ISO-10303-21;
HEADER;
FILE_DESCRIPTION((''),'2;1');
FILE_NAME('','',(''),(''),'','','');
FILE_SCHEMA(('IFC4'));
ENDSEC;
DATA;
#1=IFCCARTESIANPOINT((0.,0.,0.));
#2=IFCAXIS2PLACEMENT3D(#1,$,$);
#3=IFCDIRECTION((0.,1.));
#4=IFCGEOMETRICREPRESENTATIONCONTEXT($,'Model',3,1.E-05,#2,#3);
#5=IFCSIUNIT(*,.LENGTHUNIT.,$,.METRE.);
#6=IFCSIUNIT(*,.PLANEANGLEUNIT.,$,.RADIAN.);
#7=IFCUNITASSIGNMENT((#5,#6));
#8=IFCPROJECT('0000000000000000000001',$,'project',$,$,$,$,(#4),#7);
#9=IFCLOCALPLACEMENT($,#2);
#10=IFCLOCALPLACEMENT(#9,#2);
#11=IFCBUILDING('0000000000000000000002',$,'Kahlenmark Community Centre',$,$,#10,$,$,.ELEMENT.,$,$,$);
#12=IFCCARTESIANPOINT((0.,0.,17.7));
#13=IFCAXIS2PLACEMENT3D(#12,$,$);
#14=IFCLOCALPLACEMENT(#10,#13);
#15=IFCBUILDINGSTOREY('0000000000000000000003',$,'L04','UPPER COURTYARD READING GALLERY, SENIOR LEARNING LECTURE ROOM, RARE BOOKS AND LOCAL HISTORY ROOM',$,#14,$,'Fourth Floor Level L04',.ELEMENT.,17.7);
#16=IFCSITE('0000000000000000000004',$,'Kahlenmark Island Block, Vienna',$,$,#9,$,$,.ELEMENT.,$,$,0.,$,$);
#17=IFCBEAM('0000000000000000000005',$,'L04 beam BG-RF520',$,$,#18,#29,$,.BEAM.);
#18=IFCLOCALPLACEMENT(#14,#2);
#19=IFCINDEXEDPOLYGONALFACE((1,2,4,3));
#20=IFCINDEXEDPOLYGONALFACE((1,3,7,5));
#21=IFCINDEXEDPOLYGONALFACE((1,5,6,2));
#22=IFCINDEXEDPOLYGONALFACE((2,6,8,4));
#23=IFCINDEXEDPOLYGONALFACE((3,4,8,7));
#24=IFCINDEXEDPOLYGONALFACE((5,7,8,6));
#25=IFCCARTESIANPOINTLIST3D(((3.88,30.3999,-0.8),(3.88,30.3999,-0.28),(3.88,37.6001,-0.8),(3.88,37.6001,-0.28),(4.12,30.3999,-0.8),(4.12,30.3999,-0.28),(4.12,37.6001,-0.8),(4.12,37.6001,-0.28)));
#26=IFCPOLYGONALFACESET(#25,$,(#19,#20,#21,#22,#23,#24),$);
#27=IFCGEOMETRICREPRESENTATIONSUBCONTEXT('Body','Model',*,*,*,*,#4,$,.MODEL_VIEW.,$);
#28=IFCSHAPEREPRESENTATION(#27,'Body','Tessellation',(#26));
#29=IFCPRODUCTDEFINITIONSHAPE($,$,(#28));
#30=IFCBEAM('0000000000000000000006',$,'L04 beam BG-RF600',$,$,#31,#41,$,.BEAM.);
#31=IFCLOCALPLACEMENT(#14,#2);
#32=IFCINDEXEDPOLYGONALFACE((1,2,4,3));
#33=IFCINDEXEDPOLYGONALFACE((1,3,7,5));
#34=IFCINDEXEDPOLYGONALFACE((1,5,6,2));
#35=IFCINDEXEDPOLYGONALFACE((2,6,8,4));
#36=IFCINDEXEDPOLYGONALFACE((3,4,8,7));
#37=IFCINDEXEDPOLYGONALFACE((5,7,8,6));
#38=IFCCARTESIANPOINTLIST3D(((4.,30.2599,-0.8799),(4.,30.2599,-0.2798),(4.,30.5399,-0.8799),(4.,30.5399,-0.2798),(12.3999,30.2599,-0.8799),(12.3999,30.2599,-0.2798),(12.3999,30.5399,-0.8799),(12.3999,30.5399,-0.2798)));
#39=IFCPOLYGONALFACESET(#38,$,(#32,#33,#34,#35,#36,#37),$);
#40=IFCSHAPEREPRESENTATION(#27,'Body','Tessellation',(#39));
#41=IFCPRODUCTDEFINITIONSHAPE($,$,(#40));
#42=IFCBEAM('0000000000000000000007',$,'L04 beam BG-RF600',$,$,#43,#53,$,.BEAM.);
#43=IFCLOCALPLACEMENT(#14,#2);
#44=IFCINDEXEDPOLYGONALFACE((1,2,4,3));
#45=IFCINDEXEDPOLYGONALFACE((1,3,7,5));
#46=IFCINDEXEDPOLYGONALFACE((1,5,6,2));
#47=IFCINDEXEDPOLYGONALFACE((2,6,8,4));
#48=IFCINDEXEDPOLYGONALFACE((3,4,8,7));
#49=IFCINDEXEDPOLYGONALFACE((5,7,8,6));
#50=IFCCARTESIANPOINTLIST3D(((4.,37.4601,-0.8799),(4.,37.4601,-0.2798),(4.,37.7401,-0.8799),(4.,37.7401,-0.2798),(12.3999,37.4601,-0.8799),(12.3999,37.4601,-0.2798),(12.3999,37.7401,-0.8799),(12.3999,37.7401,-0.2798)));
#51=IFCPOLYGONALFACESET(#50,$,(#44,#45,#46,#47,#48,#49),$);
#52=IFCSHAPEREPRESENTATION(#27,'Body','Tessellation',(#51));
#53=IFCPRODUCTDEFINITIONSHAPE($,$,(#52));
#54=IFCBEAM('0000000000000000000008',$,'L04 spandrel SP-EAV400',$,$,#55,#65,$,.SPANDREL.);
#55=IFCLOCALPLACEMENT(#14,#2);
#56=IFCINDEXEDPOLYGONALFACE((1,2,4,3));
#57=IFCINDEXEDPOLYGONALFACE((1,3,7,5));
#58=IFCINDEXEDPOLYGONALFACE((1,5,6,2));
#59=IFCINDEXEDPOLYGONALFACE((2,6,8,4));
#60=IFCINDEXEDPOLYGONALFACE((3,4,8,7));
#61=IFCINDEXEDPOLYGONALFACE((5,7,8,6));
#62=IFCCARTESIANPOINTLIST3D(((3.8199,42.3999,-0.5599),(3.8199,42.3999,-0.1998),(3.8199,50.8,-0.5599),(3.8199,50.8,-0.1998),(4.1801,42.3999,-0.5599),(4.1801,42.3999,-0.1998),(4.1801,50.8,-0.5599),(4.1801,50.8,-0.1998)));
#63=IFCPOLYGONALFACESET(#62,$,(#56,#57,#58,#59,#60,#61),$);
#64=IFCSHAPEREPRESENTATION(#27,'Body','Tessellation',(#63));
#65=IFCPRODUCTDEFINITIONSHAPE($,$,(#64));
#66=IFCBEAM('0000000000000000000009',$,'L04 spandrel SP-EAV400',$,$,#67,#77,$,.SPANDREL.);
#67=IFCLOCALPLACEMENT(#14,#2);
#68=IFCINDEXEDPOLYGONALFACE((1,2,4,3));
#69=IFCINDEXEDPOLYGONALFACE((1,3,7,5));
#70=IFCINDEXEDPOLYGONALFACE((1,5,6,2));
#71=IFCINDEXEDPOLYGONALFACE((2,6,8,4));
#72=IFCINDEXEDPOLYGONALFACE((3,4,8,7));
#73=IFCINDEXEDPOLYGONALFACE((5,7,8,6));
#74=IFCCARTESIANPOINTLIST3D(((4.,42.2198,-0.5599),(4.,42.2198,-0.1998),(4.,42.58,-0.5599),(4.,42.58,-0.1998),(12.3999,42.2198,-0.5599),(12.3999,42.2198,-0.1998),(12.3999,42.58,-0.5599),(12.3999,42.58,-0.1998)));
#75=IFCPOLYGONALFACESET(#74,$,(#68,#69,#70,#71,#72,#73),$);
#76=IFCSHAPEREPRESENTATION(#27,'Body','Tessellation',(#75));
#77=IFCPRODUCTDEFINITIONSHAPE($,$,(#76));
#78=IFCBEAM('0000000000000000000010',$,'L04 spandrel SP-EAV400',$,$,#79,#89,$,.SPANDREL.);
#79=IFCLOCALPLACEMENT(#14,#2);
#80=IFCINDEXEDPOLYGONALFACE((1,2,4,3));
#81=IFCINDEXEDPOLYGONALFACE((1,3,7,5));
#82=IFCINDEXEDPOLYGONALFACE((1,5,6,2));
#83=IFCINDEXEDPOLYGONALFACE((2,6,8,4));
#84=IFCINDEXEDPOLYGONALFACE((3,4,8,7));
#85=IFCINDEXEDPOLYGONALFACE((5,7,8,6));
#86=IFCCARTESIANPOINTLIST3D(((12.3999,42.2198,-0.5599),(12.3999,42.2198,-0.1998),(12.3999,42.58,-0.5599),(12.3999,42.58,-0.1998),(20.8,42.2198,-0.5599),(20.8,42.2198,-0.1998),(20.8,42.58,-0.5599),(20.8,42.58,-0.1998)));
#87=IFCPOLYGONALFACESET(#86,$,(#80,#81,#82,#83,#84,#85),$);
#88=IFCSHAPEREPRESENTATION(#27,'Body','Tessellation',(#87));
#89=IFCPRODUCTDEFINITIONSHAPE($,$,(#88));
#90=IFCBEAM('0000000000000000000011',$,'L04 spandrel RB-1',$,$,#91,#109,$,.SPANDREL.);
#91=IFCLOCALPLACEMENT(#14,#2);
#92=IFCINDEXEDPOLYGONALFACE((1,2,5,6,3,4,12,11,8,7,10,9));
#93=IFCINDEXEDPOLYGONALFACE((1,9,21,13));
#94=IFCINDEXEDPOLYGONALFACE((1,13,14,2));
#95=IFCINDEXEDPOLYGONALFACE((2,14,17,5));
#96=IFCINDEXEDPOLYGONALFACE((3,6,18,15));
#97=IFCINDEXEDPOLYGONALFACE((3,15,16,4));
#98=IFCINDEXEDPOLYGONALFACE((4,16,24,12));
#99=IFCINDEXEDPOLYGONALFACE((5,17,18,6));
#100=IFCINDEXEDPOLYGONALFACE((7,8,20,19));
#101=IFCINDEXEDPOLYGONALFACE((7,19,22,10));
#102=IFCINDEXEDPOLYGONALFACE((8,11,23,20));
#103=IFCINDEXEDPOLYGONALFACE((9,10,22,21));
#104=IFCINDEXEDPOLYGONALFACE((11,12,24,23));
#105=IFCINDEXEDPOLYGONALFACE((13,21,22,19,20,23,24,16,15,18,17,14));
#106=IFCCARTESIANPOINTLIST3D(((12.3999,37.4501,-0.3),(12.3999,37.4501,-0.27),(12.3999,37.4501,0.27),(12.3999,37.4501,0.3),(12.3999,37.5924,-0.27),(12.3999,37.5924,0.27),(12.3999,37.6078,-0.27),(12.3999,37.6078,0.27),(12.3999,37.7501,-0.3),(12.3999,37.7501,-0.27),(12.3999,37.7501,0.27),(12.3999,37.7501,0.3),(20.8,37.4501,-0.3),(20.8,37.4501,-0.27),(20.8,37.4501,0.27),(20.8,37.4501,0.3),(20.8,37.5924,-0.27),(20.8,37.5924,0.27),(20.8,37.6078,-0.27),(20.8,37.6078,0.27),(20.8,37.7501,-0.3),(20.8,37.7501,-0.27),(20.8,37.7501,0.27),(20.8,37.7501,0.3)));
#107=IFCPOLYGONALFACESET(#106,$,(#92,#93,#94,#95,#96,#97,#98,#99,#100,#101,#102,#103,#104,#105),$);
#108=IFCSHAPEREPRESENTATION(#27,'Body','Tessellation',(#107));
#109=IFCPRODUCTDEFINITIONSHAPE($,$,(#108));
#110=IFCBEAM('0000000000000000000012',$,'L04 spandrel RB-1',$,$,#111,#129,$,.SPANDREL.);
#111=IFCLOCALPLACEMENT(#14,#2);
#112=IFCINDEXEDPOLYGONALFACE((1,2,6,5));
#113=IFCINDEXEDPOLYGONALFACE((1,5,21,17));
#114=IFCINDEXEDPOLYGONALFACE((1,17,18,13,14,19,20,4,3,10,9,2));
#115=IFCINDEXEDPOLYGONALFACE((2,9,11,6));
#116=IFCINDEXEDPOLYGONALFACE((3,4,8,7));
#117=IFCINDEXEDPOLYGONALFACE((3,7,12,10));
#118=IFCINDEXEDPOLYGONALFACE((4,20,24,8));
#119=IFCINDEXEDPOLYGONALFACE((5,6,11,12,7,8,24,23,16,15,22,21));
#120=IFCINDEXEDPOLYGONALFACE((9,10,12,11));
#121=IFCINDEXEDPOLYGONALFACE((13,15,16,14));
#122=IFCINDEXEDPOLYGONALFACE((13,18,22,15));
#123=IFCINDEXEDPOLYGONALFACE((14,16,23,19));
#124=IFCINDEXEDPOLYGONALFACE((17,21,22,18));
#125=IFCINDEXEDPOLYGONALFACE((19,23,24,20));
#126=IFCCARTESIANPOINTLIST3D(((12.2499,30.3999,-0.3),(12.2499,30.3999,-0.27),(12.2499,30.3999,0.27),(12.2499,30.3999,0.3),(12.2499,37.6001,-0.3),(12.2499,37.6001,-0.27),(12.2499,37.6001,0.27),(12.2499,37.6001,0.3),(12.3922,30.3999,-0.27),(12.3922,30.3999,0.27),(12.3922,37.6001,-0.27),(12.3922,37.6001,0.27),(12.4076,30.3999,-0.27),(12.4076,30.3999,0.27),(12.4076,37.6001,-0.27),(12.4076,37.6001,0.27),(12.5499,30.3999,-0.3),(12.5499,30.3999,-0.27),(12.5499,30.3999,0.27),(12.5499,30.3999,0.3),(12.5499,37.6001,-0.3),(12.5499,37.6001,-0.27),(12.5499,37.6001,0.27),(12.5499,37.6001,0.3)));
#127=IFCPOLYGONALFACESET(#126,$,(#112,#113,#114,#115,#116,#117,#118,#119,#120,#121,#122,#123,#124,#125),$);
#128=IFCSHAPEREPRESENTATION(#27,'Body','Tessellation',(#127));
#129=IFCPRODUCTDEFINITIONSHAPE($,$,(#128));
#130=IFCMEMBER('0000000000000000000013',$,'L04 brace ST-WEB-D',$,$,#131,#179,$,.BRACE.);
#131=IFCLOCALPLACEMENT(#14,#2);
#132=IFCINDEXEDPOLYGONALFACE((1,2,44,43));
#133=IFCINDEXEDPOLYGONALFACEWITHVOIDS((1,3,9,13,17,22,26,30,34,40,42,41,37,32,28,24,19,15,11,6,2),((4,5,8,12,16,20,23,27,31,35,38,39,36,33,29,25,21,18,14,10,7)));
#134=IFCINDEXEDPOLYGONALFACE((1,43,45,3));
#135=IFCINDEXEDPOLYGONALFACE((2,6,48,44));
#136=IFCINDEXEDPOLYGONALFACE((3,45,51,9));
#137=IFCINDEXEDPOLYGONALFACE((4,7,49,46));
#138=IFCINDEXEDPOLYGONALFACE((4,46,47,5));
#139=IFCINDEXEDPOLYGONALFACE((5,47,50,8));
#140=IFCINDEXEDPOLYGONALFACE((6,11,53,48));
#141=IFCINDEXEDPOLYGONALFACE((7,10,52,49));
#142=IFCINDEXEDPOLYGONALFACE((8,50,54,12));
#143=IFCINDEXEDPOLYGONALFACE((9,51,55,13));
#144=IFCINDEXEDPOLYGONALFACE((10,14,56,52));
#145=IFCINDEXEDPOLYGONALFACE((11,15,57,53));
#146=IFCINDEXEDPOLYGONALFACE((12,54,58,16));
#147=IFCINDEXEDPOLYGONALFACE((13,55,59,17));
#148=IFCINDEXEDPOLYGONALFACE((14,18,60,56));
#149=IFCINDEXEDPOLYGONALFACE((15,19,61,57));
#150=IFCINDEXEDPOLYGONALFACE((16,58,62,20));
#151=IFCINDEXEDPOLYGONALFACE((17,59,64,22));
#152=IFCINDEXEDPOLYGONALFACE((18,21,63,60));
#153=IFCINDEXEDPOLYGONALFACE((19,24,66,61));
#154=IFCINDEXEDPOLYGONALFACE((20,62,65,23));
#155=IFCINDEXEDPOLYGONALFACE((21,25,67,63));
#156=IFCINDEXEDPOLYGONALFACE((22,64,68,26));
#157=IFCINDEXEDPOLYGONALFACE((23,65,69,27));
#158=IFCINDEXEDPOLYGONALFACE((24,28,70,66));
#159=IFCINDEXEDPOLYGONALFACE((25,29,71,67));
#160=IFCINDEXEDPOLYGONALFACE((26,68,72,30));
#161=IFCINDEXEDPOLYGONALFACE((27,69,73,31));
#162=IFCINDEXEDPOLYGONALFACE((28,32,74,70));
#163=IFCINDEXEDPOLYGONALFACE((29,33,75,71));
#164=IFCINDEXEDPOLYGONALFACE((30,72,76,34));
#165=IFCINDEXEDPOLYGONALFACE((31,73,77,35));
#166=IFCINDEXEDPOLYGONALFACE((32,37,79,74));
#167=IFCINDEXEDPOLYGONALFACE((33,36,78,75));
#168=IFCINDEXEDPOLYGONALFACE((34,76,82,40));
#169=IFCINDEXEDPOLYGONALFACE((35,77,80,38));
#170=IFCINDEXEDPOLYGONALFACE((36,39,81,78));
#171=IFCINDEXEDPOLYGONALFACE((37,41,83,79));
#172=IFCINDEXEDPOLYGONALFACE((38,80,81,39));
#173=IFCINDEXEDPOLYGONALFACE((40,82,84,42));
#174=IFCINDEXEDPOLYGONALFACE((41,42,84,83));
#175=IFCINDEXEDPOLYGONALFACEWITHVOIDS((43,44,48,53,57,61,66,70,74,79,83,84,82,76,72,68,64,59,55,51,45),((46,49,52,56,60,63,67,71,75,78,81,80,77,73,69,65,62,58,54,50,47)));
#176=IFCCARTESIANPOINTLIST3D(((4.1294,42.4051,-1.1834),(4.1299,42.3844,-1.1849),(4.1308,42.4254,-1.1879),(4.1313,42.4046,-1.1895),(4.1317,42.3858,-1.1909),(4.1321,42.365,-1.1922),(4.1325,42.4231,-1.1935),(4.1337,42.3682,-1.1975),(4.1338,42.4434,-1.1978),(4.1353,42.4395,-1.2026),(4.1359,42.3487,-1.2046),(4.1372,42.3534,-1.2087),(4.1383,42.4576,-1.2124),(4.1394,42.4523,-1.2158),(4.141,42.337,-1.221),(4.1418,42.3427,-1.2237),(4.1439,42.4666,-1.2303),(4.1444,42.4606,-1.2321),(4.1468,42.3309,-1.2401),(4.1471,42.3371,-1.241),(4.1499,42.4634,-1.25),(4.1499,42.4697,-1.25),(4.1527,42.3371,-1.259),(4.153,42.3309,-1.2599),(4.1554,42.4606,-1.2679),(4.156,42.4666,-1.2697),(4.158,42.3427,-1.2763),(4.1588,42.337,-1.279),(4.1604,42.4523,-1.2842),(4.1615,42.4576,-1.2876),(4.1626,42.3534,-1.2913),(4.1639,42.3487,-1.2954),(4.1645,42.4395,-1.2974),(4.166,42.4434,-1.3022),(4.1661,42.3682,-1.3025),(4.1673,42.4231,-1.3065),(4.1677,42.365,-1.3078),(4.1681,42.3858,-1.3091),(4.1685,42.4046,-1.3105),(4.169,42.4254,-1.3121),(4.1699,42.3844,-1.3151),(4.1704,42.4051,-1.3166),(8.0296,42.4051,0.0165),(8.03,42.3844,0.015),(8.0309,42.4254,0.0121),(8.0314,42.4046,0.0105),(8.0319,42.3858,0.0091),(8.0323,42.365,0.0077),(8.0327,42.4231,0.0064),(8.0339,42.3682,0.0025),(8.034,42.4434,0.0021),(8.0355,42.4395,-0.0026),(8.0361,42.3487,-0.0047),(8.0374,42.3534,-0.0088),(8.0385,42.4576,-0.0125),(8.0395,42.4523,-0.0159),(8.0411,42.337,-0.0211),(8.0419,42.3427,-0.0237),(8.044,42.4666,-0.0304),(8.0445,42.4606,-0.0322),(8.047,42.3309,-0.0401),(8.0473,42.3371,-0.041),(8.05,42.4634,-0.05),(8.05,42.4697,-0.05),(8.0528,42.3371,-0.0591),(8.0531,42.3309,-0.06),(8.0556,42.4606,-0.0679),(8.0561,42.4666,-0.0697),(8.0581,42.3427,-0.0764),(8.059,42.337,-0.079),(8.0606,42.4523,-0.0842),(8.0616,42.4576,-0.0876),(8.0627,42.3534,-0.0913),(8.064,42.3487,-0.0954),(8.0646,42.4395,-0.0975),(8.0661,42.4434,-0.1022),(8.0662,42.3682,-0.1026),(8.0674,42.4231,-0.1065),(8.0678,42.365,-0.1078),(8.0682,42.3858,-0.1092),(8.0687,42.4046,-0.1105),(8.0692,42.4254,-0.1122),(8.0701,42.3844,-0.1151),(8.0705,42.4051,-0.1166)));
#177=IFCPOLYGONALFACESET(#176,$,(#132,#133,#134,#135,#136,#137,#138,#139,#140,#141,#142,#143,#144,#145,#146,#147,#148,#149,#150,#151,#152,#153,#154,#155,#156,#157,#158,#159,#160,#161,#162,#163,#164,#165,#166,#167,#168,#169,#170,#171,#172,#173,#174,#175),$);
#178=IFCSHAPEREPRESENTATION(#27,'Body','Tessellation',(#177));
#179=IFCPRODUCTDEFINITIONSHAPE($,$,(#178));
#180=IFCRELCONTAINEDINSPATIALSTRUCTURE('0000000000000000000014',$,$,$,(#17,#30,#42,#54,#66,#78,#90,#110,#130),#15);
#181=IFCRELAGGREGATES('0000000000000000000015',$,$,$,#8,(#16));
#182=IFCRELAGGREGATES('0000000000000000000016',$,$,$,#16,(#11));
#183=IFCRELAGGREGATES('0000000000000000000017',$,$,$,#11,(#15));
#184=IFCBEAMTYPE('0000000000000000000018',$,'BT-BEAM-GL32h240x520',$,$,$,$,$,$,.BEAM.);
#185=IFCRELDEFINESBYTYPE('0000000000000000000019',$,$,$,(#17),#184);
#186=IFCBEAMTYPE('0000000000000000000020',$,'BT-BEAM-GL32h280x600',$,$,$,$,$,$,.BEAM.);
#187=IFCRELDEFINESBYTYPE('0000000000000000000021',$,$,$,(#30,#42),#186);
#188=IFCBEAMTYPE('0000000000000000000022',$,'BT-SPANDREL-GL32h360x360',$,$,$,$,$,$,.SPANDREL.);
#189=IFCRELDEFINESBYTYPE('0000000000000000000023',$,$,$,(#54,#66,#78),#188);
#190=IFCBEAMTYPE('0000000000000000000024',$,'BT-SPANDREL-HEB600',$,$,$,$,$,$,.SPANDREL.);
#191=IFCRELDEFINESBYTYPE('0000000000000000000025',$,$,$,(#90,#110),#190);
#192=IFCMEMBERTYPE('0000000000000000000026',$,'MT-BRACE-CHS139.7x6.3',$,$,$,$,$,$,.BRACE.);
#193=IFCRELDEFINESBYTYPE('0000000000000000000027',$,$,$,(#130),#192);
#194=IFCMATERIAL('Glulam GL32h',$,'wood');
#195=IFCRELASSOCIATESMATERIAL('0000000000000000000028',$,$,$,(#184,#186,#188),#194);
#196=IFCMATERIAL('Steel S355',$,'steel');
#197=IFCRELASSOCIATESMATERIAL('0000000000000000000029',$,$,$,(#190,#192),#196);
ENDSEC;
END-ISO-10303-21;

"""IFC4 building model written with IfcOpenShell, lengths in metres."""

from ifc_helpers import new_model, si_unit, direction, frame, origin, origin_2d, place, context, subcontext, project, spatial, rectangle, hollow_circle, i_section, extrude, material, material_profile, profile_set, type_object, element, save


model = new_model("IFC4")

# Units and contexts
model_context = context("Model", 3, precision=1e-05, world=origin(), true_north=direction((0.0, 1.0)))
body_context = subcontext(model_context, "Body", "Model", "MODEL_VIEW")
ifc_project = project(units=[si_unit("LENGTHUNIT", "METRE"), si_unit("PLANEANGLEUNIT", "RADIAN")], contexts=[model_context])

# Site, building, storey
site_placement = place(None, origin())
site = spatial("IfcSite", under=ifc_project, at=site_placement, Name="Kahlenmark Island Block, Vienna", CompositionType="ELEMENT", RefElevation=0.0)
building_placement = place(site_placement, origin())
building = spatial("IfcBuilding", under=site, at=building_placement, Name="Kahlenmark Community Centre", CompositionType="ELEMENT")
storey_placement = place(building_placement, frame((0.0, 0.0, 17.7)))
storey = spatial("IfcBuildingStorey", under=building, at=storey_placement, Name="L04", Description="UPPER COURTYARD READING GALLERY, SENIOR LEARNING LECTURE ROOM, RARE BOOKS AND LOCAL HISTORY ROOM", LongName="Fourth Floor Level L04", CompositionType="ELEMENT", Elevation=17.7)

# Beams
ifc_material_1 = material(Name="Glulam GL32h", Category="wood")
ifc_material_profile_1 = material_profile(ifc_material_1, rectangle(XDim=0.24, YDim=0.52, at=origin_2d()), Name="GL32h 240x520")
ifc_profile_set_1 = profile_set([ifc_material_profile_1], Name="Glulam GL32h")
beam_type_1 = type_object("IfcBeamType", Name="BT-BEAM-GL32h240x520", PredefinedType="BEAM", material=ifc_profile_set_1)
beam_1_placement = place(storey_placement, frame((4.0, 30.3999, -0.54), z_axis=(0.0, 1.0, 0.0), x_axis=(-1.0, 0.0, 0.0)))
element("IfcBeam", 1, at=beam_1_placement, inside=storey, type_object=beam_type_1, Name="L04 beam BG-RF520", PredefinedType="BEAM", context=body_context, shape_type="SweptSolid", body=[
    extrude(rectangle(XDim=0.24, YDim=0.52, at=origin_2d()), origin(), (0.0, 0.0, 1.0), 7.2002),
])
ifc_material_profile_2 = material_profile(ifc_material_1, rectangle(XDim=0.28, YDim=0.6001, at=origin_2d()), Name="GL32h 280x600")
ifc_profile_set_2 = profile_set([ifc_material_profile_2], Name="Glulam GL32h")
beam_type_2 = type_object("IfcBeamType", Name="BT-BEAM-GL32h280x600", PredefinedType="BEAM", material=ifc_profile_set_2)
for number, where, z_axis, x_axis, name in (
    (2, (4.0, 30.3999, -0.5798), (1.0, 0.0, 0.0), (0.0, 1.0, 0.0), "L04 beam BG-RF600"),
    (3, (4.0, 37.6001, -0.5798), (1.0, 0.0, 0.0), (0.0, 1.0, 0.0), "L04 beam BG-RF600"),
):
    element("IfcBeam", number, at=place(storey_placement, frame(where, z_axis=z_axis, x_axis=x_axis)), inside=storey, type_object=beam_type_2, Name=name, PredefinedType="BEAM", context=body_context, shape_type="SweptSolid", body=[
        extrude(rectangle(XDim=0.28, YDim=0.6001, at=origin_2d()), origin(), (0.0, 0.0, 1.0), 8.3999),
    ])
ifc_material_profile_3 = material_profile(ifc_material_1, rectangle(XDim=0.3601, YDim=0.3601, at=origin_2d()), Name="GL32h 360x360")
ifc_profile_set_3 = profile_set([ifc_material_profile_3], Name="Glulam GL32h")
beam_type_3 = type_object("IfcBeamType", Name="BT-SPANDREL-GL32h360x360", PredefinedType="SPANDREL", material=ifc_profile_set_3)
beam_2_placement = place(storey_placement, frame((4.0, 42.3999, -0.3799), z_axis=(0.0, 1.0, 0.0), x_axis=(-1.0, 0.0, 0.0)))
element("IfcBeam", 4, at=beam_2_placement, inside=storey, type_object=beam_type_3, Name="L04 spandrel SP-EAV400", PredefinedType="SPANDREL", context=body_context, shape_type="SweptSolid", body=[
    extrude(rectangle(XDim=0.3601, YDim=0.3601, at=origin_2d()), origin(), (0.0, 0.0, 1.0), 8.4001),
])
beam_3_placement = place(storey_placement, frame((4.0, 42.3999, -0.3799), z_axis=(1.0, 0.0, 0.0), x_axis=(0.0, 1.0, 0.0)))
element("IfcBeam", 5, at=beam_3_placement, inside=storey, type_object=beam_type_3, Name="L04 spandrel SP-EAV400", PredefinedType="SPANDREL", context=body_context, shape_type="SweptSolid", body=[
    extrude(rectangle(XDim=0.3601, YDim=0.3601, at=origin_2d()), origin(), (0.0, 0.0, 1.0), 8.3999),
])
beam_4_placement = place(storey_placement, frame((12.3999, 42.3999, -0.3799), z_axis=(1.0, 0.0, 0.0), x_axis=(0.0, 1.0, 0.0)))
element("IfcBeam", 6, at=beam_4_placement, inside=storey, type_object=beam_type_3, Name="L04 spandrel SP-EAV400", PredefinedType="SPANDREL", context=body_context, shape_type="SweptSolid", body=[
    extrude(rectangle(XDim=0.3601, YDim=0.3601, at=origin_2d()), origin(), (0.0, 0.0, 1.0), 8.4001),
])
ifc_material_2 = material(Name="Steel S355", Category="steel")
ifc_material_profile_4 = material_profile(ifc_material_2, i_section(OverallWidth=0.3, OverallDepth=0.6001, WebThickness=0.0154, FlangeThickness=0.03, at=origin_2d()), Name="HEB 600")
ifc_profile_set_4 = profile_set([ifc_material_profile_4], Name="Steel S355")
beam_type_4 = type_object("IfcBeamType", Name="BT-SPANDREL-HEB600", PredefinedType="SPANDREL", material=ifc_profile_set_4)
beam_5_placement = place(storey_placement, frame((12.3999, 37.6001, 0.0), z_axis=(1.0, 0.0, 0.0), x_axis=(0.0, 1.0, 0.0)))
element("IfcBeam", 7, at=beam_5_placement, inside=storey, type_object=beam_type_4, Name="L04 spandrel RB-1", PredefinedType="SPANDREL", context=body_context, shape_type="SweptSolid", body=[
    extrude(i_section(OverallWidth=0.3, OverallDepth=0.6001, WebThickness=0.0154, FlangeThickness=0.03, at=origin_2d()), origin(), (0.0, 0.0, 1.0), 8.4001),
])
beam_6_placement = place(storey_placement, frame((12.3999, 30.3999, 0.0), z_axis=(0.0, 1.0, 0.0), x_axis=(-1.0, 0.0, 0.0)))
element("IfcBeam", 8, at=beam_6_placement, inside=storey, type_object=beam_type_4, Name="L04 spandrel RB-1", PredefinedType="SPANDREL", context=body_context, shape_type="SweptSolid", body=[
    extrude(i_section(OverallWidth=0.3, OverallDepth=0.6001, WebThickness=0.0154, FlangeThickness=0.03, at=origin_2d()), origin(), (0.0, 0.0, 1.0), 7.2002),
])

# Member
ifc_material_profile_5 = material_profile(ifc_material_2, hollow_circle(Radius=0.0698, WallThickness=0.0063, at=origin_2d()), Name="CHS 139.7x6.3")
ifc_profile_set_5 = profile_set([ifc_material_profile_5], Name="Steel S355")
member_type_1 = type_object("IfcMemberType", Name="MT-BRACE-CHS139.7x6.3", PredefinedType="BRACE", material=ifc_profile_set_5)
member_1_placement = place(storey_placement, frame((4.1499, 42.3999, -1.25), z_axis=(0.955785, 0.0, 0.294065), x_axis=(0.0, 1.0, 0.0)))
element("IfcMember", 9, at=member_1_placement, inside=storey, type_object=member_type_1, Name="L04 brace ST-WEB-D", PredefinedType="BRACE", context=body_context, shape_type="SweptSolid", body=[
    extrude(hollow_circle(Radius=0.0698, WallThickness=0.0063, at=origin_2d()), origin(), (0.0, 0.0, 1.0), 4.0806),
])

save(model, "model.ifc")
